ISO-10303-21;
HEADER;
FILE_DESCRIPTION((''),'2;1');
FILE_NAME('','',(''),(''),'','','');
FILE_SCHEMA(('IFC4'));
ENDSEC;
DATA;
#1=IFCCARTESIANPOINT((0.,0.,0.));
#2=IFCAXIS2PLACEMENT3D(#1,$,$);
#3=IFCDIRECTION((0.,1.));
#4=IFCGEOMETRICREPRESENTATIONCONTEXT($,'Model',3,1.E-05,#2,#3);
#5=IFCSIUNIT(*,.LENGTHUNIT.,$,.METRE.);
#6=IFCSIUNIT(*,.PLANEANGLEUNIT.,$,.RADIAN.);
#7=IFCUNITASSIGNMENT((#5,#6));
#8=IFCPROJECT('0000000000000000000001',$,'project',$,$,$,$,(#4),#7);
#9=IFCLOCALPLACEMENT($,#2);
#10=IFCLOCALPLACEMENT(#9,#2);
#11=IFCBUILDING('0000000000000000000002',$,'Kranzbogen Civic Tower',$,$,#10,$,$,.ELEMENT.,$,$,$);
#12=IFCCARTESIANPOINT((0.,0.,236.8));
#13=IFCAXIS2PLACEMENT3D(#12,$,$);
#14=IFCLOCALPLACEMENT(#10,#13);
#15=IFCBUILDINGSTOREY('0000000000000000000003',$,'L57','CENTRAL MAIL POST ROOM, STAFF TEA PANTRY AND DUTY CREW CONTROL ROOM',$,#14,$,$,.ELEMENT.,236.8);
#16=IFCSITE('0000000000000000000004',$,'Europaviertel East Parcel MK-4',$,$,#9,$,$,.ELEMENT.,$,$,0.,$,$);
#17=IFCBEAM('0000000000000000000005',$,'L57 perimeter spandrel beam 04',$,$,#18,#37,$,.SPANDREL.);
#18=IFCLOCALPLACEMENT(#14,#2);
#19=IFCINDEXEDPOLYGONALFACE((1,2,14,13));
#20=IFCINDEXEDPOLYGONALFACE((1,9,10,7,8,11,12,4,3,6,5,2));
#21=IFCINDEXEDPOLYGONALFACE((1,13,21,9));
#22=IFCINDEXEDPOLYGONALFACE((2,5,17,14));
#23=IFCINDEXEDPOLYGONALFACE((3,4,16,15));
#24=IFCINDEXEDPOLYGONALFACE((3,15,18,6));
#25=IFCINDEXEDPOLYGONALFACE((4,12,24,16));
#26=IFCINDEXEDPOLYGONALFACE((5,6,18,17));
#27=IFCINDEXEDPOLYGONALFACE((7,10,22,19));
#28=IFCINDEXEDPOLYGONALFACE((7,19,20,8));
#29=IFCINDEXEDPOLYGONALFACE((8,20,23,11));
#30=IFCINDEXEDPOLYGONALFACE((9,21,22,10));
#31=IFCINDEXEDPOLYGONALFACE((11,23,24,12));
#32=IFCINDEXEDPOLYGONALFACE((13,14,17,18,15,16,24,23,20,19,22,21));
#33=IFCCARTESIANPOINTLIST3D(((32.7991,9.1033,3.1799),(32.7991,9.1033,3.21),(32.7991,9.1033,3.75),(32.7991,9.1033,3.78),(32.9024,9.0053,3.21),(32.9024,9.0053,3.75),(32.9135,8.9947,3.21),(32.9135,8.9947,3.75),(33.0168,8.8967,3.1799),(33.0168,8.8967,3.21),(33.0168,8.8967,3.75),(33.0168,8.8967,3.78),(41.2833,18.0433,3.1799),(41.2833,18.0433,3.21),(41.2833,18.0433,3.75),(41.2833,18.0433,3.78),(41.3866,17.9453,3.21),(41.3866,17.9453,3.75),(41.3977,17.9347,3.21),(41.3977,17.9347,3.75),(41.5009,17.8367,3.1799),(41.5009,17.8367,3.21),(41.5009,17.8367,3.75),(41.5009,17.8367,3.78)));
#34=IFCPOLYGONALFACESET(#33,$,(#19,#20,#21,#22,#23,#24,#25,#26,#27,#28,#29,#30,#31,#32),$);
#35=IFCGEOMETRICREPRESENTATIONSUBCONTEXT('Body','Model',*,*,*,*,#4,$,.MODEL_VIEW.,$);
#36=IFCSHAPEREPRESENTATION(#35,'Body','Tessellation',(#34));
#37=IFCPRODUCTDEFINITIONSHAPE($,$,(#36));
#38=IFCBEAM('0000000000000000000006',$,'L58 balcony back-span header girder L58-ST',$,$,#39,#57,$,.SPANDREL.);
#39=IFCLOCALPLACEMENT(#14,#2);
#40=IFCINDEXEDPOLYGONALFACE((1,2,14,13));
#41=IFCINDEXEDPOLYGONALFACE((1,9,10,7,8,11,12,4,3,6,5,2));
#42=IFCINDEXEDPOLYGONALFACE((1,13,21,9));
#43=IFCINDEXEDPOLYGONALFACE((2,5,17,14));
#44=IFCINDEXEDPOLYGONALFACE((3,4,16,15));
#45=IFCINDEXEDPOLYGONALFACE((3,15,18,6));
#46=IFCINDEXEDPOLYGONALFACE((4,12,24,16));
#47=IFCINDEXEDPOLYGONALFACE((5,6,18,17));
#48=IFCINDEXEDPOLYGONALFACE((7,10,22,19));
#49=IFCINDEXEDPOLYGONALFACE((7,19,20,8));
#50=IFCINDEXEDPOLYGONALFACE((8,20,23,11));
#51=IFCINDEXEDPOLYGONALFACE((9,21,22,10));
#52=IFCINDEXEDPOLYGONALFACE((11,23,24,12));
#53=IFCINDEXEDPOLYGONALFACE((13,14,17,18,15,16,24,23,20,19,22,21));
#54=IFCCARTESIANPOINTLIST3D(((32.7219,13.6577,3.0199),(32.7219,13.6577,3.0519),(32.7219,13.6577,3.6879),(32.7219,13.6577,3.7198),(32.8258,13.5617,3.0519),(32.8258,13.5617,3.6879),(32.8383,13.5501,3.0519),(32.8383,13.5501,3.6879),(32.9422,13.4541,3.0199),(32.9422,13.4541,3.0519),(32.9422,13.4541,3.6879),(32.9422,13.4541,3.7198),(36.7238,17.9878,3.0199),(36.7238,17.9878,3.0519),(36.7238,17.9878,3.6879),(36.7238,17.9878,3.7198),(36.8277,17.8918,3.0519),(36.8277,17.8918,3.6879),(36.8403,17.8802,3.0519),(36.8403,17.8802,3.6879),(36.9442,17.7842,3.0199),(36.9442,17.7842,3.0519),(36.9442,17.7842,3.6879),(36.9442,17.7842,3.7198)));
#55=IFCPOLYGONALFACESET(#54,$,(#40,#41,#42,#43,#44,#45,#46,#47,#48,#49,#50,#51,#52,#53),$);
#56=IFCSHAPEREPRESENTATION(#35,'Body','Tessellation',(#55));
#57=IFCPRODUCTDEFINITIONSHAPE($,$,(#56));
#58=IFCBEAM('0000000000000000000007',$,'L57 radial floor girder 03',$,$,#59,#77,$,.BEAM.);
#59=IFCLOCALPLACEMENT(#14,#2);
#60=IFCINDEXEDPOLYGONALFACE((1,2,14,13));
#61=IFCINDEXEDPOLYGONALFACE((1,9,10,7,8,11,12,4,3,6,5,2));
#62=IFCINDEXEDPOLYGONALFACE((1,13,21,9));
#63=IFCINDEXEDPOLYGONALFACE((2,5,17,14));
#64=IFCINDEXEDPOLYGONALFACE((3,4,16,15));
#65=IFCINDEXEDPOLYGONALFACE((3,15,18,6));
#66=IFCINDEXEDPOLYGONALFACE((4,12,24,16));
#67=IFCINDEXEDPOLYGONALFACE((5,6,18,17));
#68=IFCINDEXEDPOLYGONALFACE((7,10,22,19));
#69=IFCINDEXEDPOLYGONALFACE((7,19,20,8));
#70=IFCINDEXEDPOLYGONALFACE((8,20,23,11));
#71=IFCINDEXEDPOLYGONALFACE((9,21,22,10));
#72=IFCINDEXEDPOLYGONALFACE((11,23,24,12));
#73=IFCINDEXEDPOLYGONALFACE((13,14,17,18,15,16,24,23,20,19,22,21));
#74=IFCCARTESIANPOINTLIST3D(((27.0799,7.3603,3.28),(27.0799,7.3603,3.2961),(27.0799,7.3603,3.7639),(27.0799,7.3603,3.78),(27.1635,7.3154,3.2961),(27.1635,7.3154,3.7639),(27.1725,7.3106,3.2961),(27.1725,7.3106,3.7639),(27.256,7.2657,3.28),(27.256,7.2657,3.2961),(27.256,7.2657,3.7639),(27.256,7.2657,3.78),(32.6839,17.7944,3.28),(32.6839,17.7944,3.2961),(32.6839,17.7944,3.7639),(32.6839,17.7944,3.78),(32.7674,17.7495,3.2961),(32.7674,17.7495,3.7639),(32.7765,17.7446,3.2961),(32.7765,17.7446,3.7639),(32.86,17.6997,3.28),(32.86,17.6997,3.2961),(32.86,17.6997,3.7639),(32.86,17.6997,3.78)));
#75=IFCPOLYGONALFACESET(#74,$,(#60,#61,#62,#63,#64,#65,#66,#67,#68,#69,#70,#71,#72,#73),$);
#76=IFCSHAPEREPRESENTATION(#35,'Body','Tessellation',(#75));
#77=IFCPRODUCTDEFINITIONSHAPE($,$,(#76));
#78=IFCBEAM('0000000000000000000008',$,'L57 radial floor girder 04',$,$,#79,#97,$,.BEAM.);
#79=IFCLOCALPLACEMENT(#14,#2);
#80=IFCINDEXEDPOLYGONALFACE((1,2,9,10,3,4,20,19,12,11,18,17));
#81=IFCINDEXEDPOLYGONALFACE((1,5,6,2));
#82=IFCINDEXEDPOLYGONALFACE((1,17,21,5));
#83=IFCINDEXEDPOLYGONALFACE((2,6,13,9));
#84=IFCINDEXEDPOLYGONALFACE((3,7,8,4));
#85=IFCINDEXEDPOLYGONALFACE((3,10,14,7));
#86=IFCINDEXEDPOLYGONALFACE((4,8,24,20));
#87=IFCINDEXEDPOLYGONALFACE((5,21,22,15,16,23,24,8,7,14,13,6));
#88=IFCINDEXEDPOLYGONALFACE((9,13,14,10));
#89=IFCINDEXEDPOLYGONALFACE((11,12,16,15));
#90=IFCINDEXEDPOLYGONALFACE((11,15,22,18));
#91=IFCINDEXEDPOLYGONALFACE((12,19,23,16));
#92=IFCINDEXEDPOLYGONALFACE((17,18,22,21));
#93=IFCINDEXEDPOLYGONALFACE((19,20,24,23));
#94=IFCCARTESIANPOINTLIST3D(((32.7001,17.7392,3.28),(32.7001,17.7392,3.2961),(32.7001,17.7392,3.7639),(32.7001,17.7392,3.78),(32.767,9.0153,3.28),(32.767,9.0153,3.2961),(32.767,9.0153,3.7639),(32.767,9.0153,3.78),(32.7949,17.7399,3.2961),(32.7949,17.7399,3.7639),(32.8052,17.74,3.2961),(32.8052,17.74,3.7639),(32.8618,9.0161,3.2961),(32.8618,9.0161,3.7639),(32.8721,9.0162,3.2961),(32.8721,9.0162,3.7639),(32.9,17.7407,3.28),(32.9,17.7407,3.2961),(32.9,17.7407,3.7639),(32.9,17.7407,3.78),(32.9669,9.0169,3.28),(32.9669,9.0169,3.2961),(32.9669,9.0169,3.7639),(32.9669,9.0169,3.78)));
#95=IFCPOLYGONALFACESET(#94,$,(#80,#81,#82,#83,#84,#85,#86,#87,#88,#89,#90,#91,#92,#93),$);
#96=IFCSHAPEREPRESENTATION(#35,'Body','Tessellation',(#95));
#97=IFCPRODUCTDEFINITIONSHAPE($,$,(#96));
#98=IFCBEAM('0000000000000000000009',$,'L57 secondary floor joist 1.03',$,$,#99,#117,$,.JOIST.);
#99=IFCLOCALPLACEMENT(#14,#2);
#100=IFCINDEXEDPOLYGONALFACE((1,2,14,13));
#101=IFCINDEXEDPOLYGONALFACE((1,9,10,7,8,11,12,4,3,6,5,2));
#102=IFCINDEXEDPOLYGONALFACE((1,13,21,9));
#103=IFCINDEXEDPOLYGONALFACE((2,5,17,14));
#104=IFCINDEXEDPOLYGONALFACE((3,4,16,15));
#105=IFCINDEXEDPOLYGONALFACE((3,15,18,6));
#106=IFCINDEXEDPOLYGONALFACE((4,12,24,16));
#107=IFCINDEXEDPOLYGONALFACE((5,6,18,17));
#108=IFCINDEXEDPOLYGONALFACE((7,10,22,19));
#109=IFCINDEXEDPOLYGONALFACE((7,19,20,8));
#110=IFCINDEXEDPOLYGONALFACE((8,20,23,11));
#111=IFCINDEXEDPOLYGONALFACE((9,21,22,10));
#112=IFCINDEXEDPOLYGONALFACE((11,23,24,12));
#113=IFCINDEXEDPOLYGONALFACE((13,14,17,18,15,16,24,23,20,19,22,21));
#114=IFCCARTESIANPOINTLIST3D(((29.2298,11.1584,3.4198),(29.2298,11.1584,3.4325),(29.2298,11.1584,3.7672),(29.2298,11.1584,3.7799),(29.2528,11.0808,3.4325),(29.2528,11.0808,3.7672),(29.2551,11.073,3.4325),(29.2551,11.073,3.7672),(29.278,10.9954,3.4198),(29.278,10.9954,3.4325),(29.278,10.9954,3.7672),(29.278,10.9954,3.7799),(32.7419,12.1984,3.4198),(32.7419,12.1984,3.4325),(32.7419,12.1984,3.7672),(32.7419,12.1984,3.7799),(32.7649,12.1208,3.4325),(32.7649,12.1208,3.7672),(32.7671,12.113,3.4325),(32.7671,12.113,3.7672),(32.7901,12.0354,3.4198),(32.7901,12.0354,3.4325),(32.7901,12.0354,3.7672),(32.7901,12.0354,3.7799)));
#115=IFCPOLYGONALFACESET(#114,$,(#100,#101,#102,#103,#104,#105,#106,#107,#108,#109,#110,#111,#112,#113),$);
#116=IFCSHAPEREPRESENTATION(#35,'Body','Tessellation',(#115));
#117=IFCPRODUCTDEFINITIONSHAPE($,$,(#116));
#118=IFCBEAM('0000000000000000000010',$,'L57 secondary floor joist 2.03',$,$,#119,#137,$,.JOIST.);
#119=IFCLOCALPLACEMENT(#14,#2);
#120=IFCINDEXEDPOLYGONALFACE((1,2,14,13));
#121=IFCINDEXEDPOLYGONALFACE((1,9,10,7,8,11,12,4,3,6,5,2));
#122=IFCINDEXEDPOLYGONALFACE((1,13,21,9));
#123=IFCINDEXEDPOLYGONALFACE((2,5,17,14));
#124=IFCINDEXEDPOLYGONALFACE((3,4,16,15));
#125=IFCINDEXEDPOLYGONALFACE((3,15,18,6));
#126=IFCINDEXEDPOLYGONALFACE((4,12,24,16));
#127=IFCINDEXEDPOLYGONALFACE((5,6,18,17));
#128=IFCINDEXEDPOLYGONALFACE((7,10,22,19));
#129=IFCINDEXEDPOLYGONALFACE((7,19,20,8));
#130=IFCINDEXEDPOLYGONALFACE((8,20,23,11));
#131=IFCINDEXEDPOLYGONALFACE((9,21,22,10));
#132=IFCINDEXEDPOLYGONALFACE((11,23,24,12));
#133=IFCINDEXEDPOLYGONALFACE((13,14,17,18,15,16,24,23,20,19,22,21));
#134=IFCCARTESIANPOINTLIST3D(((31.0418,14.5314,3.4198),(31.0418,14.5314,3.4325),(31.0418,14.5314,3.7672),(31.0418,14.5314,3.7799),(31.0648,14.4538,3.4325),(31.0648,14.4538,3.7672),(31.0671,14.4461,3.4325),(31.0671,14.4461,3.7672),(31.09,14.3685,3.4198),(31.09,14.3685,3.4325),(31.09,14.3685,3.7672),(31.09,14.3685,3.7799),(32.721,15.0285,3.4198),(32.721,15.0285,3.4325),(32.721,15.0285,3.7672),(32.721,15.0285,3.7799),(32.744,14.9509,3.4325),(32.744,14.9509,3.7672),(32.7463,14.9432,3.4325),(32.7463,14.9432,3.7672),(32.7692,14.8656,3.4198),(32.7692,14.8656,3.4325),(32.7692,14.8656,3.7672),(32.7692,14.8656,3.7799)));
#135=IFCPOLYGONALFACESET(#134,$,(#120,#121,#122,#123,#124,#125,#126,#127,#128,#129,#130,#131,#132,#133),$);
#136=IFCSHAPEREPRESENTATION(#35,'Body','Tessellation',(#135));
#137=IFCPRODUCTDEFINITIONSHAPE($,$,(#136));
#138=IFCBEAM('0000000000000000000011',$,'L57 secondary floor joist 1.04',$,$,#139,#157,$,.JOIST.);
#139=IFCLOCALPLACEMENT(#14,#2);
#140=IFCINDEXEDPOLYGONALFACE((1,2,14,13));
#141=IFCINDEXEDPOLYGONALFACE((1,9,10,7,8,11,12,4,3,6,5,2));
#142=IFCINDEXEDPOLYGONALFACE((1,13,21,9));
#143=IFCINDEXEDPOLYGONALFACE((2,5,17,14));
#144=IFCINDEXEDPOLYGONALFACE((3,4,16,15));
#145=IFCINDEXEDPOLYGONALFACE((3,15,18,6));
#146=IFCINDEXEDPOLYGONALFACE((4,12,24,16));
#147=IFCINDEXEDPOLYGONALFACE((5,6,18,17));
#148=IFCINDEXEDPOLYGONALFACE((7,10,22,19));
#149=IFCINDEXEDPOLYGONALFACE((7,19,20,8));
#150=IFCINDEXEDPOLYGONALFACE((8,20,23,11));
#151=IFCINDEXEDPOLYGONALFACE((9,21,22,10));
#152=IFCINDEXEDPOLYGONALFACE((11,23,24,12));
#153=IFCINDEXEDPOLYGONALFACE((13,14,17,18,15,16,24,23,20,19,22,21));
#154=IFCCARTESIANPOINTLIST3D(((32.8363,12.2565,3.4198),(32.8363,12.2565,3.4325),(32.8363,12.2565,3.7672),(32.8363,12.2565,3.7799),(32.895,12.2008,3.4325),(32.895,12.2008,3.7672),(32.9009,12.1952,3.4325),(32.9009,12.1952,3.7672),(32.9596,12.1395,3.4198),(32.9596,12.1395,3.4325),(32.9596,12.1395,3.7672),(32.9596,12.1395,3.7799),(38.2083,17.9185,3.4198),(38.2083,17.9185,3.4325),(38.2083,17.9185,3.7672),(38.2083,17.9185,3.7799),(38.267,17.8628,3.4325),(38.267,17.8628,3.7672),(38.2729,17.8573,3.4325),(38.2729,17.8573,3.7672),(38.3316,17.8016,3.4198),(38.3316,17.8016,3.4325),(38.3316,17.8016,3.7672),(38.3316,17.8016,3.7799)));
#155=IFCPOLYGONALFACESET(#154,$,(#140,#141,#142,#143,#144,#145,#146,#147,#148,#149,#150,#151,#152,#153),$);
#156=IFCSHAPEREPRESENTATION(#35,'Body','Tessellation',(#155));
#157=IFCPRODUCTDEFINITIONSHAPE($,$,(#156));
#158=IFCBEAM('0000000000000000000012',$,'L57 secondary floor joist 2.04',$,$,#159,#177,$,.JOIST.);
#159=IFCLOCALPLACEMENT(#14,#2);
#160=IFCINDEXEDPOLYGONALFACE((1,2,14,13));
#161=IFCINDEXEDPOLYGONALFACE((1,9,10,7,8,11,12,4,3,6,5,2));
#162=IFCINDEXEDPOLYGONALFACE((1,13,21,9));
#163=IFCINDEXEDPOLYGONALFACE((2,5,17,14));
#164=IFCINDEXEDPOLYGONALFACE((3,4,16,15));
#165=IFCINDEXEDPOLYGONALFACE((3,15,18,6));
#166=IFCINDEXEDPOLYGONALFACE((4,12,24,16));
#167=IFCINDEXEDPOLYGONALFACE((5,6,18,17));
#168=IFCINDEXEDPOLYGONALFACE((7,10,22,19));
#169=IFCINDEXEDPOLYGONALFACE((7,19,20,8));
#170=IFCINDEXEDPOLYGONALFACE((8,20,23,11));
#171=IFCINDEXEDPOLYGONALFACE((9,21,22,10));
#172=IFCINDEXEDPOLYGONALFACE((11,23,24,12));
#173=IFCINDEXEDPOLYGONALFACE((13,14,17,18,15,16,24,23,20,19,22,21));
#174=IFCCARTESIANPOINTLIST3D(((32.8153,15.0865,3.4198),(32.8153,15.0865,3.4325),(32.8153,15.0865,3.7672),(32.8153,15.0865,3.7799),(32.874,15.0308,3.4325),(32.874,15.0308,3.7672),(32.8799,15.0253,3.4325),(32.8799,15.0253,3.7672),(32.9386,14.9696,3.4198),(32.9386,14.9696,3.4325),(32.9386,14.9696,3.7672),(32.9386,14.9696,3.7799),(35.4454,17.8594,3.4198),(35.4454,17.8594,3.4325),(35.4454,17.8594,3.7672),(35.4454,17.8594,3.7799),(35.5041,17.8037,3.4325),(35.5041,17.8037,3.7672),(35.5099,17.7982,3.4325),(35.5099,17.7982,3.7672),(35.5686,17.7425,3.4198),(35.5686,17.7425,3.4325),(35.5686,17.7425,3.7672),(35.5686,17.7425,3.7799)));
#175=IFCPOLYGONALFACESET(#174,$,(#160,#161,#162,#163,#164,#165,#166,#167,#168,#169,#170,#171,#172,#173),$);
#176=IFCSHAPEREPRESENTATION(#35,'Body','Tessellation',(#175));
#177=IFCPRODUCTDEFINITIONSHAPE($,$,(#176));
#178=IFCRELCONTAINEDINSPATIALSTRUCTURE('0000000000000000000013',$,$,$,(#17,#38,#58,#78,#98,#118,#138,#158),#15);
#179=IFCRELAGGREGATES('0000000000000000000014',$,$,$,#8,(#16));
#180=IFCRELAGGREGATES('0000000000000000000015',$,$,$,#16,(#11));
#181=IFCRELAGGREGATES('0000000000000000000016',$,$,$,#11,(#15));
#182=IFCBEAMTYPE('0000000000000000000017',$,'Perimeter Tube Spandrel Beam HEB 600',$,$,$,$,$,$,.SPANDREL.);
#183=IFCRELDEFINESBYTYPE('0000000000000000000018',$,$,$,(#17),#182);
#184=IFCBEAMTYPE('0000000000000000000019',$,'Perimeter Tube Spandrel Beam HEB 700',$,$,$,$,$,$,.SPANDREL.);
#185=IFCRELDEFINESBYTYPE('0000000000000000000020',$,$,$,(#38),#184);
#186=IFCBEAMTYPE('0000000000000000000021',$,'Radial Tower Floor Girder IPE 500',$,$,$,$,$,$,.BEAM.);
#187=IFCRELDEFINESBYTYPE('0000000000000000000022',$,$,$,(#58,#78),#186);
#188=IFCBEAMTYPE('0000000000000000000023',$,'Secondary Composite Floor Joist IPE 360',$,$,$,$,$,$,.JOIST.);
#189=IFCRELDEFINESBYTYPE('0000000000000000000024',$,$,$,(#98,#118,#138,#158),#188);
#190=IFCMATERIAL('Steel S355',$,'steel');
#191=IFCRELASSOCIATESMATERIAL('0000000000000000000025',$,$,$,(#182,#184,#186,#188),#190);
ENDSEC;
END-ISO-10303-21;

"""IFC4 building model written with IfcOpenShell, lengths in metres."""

from ifc_helpers import new_model, si_unit, direction, frame, origin, origin_2d, place, context, subcontext, project, spatial, i_section, extrude, material, material_profile, profile_set, type_object, element, save


model = new_model("IFC4")

# Units and contexts
model_context = context("Model", 3, precision=1e-05, world=origin(), true_north=direction((0.0, 1.0)))
body_context = subcontext(model_context, "Body", "Model", "MODEL_VIEW")
ifc_project = project(units=[si_unit("LENGTHUNIT", "METRE"), si_unit("PLANEANGLEUNIT", "RADIAN")], contexts=[model_context])

# Site, building, storey
site_placement = place(None, origin())
site = spatial("IfcSite", under=ifc_project, at=site_placement, Name="Europaviertel East Parcel MK-4", CompositionType="ELEMENT", RefElevation=0.0)
building_placement = place(site_placement, origin())
building = spatial("IfcBuilding", under=site, at=building_placement, Name="Kranzbogen Civic Tower", CompositionType="ELEMENT")
storey_placement = place(building_placement, frame((0.0, 0.0, 236.8)))
storey = spatial("IfcBuildingStorey", under=building, at=storey_placement, Name="L57", Description="CENTRAL MAIL POST ROOM, STAFF TEA PANTRY AND DUTY CREW CONTROL ROOM", CompositionType="ELEMENT", Elevation=236.8)

# Shared definitions
ifc_material_1 = material(Name="Steel S355", Category="steel")

# Beams
ifc_material_profile_1 = material_profile(ifc_material_1, i_section(OverallWidth=0.3, OverallDepth=0.6001, WebThickness=0.0154, FlangeThickness=0.03, at=origin_2d()), Name="HEB 600")
ifc_profile_set_1 = profile_set([ifc_material_profile_1], Name="Steel S355")
beam_type_1 = type_object("IfcBeamType", Name="Perimeter Tube Spandrel Beam HEB 600", PredefinedType="SPANDREL", material=ifc_profile_set_1)
beam_1_placement = place(storey_placement, frame((32.908, 9.0, 3.48), z_axis=(0.688373, 0.725356, 0.0), x_axis=(-0.725356, 0.688373, 0.0)))
element("IfcBeam", 1, at=beam_1_placement, inside=storey, type_object=beam_type_1, Name="L57 perimeter spandrel beam 04", PredefinedType="SPANDREL", context=body_context, shape_type="SweptSolid", body=[
    extrude(i_section(OverallWidth=0.3, OverallDepth=0.6001, WebThickness=0.0154, FlangeThickness=0.03, at=origin_2d()), origin(), (0.0, 0.0, 1.0), 12.325),
])
ifc_material_profile_2 = material_profile(ifc_material_1, i_section(OverallWidth=0.3, OverallDepth=0.7, WebThickness=0.0171, FlangeThickness=0.032, at=origin_2d()), Name="HEB 700")
ifc_profile_set_2 = profile_set([ifc_material_profile_2], Name="Steel S355")
beam_type_2 = type_object("IfcBeamType", Name="Perimeter Tube Spandrel Beam HEB 700", PredefinedType="SPANDREL", material=ifc_profile_set_2)
beam_2_placement = place(storey_placement, frame((32.832, 13.5559, 3.3699), z_axis=(0.678734, 0.734384, 0.0), x_axis=(-0.734384, 0.678734, 0.0)))
element("IfcBeam", 2, at=beam_2_placement, inside=storey, type_object=beam_type_2, Name="L58 balcony back-span header girder L58-ST", PredefinedType="SPANDREL", context=body_context, shape_type="SweptSolid", body=[
    extrude(i_section(OverallWidth=0.3, OverallDepth=0.7, WebThickness=0.0171, FlangeThickness=0.032, at=origin_2d()), origin(), (0.0, 0.0, 1.0), 5.8962),
])
ifc_material_profile_3 = material_profile(ifc_material_1, i_section(OverallWidth=0.2, OverallDepth=0.5, WebThickness=0.0103, FlangeThickness=0.0161, at=origin_2d()), Name="IPE 500")
ifc_profile_set_3 = profile_set([ifc_material_profile_3], Name="Steel S355")
beam_type_3 = type_object("IfcBeamType", Name="Radial Tower Floor Girder IPE 500", PredefinedType="BEAM", material=ifc_profile_set_3)
beam_3_placement = place(storey_placement, frame((27.168, 7.313, 3.53), z_axis=(0.47316, 0.880976, 0.0), x_axis=(-0.880976, 0.47316, 0.0)))
element("IfcBeam", 3, at=beam_3_placement, inside=storey, type_object=beam_type_3, Name="L57 radial floor girder 03", PredefinedType="BEAM", context=body_context, shape_type="SweptSolid", body=[
    extrude(i_section(OverallWidth=0.2, OverallDepth=0.5, WebThickness=0.0103, FlangeThickness=0.0161, at=origin_2d()), origin(), (0.0, 0.0, 1.0), 11.8438),
])
beam_4_placement = place(storey_placement, frame((32.8669, 9.0161, 3.53), z_axis=(-0.007668, 0.999971, 0.0), x_axis=(-0.999971, -0.007668, 0.0)))
element("IfcBeam", 4, at=beam_4_placement, inside=storey, type_object=beam_type_3, Name="L57 radial floor girder 04", PredefinedType="BEAM", context=body_context, shape_type="SweptSolid", body=[
    extrude(i_section(OverallWidth=0.2, OverallDepth=0.5, WebThickness=0.0103, FlangeThickness=0.0161, at=origin_2d()), origin(), (0.0, 0.0, 1.0), 8.7241),
])
ifc_material_profile_4 = material_profile(ifc_material_1, i_section(OverallWidth=0.1699, OverallDepth=0.3601, WebThickness=0.0081, FlangeThickness=0.0127, at=origin_2d()), Name="IPE 360")
ifc_profile_set_4 = profile_set([ifc_material_profile_4], Name="Steel S355")
beam_type_4 = type_object("IfcBeamType", Name="Secondary Composite Floor Joist IPE 360", PredefinedType="JOIST", material=ifc_profile_set_4)
beam_5_placement = place(storey_placement, frame((29.2539, 11.0769, 3.5999), z_axis=(0.958844, 0.283934, 0.0), x_axis=(-0.283934, 0.958844, 0.0)))
element("IfcBeam", 5, at=beam_5_placement, inside=storey, type_object=beam_type_4, Name="L57 secondary floor joist 1.03", PredefinedType="JOIST", context=body_context, shape_type="SweptSolid", body=[
    extrude(i_section(OverallWidth=0.1699, OverallDepth=0.3601, WebThickness=0.0081, FlangeThickness=0.0127, at=origin_2d()), origin(), (0.0, 0.0, 1.0), 3.6628),
])
beam_6_placement = place(storey_placement, frame((31.0659, 14.45, 3.5999), z_axis=(0.958871, 0.283841, 0.0), x_axis=(-0.283841, 0.958871, 0.0)))
element("IfcBeam", 6, at=beam_6_placement, inside=storey, type_object=beam_type_4, Name="L57 secondary floor joist 2.03", PredefinedType="JOIST", context=body_context, shape_type="SweptSolid", body=[
    extrude(i_section(OverallWidth=0.1699, OverallDepth=0.3601, WebThickness=0.0081, FlangeThickness=0.0127, at=origin_2d()), origin(), (0.0, 0.0, 1.0), 1.7512),
])
beam_7_placement = place(storey_placement, frame((32.8979, 12.198, 3.5999), z_axis=(0.688282, 0.725443, 0.0), x_axis=(-0.725443, 0.688282, 0.0)))
element("IfcBeam", 7, at=beam_7_placement, inside=storey, type_object=beam_type_4, Name="L57 secondary floor joist 1.04", PredefinedType="JOIST", context=body_context, shape_type="SweptSolid", body=[
    extrude(i_section(OverallWidth=0.1699, OverallDepth=0.3601, WebThickness=0.0081, FlangeThickness=0.0127, at=origin_2d()), origin(), (0.0, 0.0, 1.0), 7.8049),
])
beam_8_placement = place(storey_placement, frame((32.877, 15.0281, 3.5999), z_axis=(0.688175, 0.725545, 0.0), x_axis=(-0.725545, 0.688175, 0.0)))
element("IfcBeam", 8, at=beam_8_placement, inside=storey, type_object=beam_type_4, Name="L57 secondary floor joist 2.04", PredefinedType="JOIST", context=body_context, shape_type="SweptSolid", body=[
    extrude(i_section(OverallWidth=0.1699, OverallDepth=0.3601, WebThickness=0.0081, FlangeThickness=0.0127, at=origin_2d()), origin(), (0.0, 0.0, 1.0), 3.8218),
])

save(model, "model.ifc")
